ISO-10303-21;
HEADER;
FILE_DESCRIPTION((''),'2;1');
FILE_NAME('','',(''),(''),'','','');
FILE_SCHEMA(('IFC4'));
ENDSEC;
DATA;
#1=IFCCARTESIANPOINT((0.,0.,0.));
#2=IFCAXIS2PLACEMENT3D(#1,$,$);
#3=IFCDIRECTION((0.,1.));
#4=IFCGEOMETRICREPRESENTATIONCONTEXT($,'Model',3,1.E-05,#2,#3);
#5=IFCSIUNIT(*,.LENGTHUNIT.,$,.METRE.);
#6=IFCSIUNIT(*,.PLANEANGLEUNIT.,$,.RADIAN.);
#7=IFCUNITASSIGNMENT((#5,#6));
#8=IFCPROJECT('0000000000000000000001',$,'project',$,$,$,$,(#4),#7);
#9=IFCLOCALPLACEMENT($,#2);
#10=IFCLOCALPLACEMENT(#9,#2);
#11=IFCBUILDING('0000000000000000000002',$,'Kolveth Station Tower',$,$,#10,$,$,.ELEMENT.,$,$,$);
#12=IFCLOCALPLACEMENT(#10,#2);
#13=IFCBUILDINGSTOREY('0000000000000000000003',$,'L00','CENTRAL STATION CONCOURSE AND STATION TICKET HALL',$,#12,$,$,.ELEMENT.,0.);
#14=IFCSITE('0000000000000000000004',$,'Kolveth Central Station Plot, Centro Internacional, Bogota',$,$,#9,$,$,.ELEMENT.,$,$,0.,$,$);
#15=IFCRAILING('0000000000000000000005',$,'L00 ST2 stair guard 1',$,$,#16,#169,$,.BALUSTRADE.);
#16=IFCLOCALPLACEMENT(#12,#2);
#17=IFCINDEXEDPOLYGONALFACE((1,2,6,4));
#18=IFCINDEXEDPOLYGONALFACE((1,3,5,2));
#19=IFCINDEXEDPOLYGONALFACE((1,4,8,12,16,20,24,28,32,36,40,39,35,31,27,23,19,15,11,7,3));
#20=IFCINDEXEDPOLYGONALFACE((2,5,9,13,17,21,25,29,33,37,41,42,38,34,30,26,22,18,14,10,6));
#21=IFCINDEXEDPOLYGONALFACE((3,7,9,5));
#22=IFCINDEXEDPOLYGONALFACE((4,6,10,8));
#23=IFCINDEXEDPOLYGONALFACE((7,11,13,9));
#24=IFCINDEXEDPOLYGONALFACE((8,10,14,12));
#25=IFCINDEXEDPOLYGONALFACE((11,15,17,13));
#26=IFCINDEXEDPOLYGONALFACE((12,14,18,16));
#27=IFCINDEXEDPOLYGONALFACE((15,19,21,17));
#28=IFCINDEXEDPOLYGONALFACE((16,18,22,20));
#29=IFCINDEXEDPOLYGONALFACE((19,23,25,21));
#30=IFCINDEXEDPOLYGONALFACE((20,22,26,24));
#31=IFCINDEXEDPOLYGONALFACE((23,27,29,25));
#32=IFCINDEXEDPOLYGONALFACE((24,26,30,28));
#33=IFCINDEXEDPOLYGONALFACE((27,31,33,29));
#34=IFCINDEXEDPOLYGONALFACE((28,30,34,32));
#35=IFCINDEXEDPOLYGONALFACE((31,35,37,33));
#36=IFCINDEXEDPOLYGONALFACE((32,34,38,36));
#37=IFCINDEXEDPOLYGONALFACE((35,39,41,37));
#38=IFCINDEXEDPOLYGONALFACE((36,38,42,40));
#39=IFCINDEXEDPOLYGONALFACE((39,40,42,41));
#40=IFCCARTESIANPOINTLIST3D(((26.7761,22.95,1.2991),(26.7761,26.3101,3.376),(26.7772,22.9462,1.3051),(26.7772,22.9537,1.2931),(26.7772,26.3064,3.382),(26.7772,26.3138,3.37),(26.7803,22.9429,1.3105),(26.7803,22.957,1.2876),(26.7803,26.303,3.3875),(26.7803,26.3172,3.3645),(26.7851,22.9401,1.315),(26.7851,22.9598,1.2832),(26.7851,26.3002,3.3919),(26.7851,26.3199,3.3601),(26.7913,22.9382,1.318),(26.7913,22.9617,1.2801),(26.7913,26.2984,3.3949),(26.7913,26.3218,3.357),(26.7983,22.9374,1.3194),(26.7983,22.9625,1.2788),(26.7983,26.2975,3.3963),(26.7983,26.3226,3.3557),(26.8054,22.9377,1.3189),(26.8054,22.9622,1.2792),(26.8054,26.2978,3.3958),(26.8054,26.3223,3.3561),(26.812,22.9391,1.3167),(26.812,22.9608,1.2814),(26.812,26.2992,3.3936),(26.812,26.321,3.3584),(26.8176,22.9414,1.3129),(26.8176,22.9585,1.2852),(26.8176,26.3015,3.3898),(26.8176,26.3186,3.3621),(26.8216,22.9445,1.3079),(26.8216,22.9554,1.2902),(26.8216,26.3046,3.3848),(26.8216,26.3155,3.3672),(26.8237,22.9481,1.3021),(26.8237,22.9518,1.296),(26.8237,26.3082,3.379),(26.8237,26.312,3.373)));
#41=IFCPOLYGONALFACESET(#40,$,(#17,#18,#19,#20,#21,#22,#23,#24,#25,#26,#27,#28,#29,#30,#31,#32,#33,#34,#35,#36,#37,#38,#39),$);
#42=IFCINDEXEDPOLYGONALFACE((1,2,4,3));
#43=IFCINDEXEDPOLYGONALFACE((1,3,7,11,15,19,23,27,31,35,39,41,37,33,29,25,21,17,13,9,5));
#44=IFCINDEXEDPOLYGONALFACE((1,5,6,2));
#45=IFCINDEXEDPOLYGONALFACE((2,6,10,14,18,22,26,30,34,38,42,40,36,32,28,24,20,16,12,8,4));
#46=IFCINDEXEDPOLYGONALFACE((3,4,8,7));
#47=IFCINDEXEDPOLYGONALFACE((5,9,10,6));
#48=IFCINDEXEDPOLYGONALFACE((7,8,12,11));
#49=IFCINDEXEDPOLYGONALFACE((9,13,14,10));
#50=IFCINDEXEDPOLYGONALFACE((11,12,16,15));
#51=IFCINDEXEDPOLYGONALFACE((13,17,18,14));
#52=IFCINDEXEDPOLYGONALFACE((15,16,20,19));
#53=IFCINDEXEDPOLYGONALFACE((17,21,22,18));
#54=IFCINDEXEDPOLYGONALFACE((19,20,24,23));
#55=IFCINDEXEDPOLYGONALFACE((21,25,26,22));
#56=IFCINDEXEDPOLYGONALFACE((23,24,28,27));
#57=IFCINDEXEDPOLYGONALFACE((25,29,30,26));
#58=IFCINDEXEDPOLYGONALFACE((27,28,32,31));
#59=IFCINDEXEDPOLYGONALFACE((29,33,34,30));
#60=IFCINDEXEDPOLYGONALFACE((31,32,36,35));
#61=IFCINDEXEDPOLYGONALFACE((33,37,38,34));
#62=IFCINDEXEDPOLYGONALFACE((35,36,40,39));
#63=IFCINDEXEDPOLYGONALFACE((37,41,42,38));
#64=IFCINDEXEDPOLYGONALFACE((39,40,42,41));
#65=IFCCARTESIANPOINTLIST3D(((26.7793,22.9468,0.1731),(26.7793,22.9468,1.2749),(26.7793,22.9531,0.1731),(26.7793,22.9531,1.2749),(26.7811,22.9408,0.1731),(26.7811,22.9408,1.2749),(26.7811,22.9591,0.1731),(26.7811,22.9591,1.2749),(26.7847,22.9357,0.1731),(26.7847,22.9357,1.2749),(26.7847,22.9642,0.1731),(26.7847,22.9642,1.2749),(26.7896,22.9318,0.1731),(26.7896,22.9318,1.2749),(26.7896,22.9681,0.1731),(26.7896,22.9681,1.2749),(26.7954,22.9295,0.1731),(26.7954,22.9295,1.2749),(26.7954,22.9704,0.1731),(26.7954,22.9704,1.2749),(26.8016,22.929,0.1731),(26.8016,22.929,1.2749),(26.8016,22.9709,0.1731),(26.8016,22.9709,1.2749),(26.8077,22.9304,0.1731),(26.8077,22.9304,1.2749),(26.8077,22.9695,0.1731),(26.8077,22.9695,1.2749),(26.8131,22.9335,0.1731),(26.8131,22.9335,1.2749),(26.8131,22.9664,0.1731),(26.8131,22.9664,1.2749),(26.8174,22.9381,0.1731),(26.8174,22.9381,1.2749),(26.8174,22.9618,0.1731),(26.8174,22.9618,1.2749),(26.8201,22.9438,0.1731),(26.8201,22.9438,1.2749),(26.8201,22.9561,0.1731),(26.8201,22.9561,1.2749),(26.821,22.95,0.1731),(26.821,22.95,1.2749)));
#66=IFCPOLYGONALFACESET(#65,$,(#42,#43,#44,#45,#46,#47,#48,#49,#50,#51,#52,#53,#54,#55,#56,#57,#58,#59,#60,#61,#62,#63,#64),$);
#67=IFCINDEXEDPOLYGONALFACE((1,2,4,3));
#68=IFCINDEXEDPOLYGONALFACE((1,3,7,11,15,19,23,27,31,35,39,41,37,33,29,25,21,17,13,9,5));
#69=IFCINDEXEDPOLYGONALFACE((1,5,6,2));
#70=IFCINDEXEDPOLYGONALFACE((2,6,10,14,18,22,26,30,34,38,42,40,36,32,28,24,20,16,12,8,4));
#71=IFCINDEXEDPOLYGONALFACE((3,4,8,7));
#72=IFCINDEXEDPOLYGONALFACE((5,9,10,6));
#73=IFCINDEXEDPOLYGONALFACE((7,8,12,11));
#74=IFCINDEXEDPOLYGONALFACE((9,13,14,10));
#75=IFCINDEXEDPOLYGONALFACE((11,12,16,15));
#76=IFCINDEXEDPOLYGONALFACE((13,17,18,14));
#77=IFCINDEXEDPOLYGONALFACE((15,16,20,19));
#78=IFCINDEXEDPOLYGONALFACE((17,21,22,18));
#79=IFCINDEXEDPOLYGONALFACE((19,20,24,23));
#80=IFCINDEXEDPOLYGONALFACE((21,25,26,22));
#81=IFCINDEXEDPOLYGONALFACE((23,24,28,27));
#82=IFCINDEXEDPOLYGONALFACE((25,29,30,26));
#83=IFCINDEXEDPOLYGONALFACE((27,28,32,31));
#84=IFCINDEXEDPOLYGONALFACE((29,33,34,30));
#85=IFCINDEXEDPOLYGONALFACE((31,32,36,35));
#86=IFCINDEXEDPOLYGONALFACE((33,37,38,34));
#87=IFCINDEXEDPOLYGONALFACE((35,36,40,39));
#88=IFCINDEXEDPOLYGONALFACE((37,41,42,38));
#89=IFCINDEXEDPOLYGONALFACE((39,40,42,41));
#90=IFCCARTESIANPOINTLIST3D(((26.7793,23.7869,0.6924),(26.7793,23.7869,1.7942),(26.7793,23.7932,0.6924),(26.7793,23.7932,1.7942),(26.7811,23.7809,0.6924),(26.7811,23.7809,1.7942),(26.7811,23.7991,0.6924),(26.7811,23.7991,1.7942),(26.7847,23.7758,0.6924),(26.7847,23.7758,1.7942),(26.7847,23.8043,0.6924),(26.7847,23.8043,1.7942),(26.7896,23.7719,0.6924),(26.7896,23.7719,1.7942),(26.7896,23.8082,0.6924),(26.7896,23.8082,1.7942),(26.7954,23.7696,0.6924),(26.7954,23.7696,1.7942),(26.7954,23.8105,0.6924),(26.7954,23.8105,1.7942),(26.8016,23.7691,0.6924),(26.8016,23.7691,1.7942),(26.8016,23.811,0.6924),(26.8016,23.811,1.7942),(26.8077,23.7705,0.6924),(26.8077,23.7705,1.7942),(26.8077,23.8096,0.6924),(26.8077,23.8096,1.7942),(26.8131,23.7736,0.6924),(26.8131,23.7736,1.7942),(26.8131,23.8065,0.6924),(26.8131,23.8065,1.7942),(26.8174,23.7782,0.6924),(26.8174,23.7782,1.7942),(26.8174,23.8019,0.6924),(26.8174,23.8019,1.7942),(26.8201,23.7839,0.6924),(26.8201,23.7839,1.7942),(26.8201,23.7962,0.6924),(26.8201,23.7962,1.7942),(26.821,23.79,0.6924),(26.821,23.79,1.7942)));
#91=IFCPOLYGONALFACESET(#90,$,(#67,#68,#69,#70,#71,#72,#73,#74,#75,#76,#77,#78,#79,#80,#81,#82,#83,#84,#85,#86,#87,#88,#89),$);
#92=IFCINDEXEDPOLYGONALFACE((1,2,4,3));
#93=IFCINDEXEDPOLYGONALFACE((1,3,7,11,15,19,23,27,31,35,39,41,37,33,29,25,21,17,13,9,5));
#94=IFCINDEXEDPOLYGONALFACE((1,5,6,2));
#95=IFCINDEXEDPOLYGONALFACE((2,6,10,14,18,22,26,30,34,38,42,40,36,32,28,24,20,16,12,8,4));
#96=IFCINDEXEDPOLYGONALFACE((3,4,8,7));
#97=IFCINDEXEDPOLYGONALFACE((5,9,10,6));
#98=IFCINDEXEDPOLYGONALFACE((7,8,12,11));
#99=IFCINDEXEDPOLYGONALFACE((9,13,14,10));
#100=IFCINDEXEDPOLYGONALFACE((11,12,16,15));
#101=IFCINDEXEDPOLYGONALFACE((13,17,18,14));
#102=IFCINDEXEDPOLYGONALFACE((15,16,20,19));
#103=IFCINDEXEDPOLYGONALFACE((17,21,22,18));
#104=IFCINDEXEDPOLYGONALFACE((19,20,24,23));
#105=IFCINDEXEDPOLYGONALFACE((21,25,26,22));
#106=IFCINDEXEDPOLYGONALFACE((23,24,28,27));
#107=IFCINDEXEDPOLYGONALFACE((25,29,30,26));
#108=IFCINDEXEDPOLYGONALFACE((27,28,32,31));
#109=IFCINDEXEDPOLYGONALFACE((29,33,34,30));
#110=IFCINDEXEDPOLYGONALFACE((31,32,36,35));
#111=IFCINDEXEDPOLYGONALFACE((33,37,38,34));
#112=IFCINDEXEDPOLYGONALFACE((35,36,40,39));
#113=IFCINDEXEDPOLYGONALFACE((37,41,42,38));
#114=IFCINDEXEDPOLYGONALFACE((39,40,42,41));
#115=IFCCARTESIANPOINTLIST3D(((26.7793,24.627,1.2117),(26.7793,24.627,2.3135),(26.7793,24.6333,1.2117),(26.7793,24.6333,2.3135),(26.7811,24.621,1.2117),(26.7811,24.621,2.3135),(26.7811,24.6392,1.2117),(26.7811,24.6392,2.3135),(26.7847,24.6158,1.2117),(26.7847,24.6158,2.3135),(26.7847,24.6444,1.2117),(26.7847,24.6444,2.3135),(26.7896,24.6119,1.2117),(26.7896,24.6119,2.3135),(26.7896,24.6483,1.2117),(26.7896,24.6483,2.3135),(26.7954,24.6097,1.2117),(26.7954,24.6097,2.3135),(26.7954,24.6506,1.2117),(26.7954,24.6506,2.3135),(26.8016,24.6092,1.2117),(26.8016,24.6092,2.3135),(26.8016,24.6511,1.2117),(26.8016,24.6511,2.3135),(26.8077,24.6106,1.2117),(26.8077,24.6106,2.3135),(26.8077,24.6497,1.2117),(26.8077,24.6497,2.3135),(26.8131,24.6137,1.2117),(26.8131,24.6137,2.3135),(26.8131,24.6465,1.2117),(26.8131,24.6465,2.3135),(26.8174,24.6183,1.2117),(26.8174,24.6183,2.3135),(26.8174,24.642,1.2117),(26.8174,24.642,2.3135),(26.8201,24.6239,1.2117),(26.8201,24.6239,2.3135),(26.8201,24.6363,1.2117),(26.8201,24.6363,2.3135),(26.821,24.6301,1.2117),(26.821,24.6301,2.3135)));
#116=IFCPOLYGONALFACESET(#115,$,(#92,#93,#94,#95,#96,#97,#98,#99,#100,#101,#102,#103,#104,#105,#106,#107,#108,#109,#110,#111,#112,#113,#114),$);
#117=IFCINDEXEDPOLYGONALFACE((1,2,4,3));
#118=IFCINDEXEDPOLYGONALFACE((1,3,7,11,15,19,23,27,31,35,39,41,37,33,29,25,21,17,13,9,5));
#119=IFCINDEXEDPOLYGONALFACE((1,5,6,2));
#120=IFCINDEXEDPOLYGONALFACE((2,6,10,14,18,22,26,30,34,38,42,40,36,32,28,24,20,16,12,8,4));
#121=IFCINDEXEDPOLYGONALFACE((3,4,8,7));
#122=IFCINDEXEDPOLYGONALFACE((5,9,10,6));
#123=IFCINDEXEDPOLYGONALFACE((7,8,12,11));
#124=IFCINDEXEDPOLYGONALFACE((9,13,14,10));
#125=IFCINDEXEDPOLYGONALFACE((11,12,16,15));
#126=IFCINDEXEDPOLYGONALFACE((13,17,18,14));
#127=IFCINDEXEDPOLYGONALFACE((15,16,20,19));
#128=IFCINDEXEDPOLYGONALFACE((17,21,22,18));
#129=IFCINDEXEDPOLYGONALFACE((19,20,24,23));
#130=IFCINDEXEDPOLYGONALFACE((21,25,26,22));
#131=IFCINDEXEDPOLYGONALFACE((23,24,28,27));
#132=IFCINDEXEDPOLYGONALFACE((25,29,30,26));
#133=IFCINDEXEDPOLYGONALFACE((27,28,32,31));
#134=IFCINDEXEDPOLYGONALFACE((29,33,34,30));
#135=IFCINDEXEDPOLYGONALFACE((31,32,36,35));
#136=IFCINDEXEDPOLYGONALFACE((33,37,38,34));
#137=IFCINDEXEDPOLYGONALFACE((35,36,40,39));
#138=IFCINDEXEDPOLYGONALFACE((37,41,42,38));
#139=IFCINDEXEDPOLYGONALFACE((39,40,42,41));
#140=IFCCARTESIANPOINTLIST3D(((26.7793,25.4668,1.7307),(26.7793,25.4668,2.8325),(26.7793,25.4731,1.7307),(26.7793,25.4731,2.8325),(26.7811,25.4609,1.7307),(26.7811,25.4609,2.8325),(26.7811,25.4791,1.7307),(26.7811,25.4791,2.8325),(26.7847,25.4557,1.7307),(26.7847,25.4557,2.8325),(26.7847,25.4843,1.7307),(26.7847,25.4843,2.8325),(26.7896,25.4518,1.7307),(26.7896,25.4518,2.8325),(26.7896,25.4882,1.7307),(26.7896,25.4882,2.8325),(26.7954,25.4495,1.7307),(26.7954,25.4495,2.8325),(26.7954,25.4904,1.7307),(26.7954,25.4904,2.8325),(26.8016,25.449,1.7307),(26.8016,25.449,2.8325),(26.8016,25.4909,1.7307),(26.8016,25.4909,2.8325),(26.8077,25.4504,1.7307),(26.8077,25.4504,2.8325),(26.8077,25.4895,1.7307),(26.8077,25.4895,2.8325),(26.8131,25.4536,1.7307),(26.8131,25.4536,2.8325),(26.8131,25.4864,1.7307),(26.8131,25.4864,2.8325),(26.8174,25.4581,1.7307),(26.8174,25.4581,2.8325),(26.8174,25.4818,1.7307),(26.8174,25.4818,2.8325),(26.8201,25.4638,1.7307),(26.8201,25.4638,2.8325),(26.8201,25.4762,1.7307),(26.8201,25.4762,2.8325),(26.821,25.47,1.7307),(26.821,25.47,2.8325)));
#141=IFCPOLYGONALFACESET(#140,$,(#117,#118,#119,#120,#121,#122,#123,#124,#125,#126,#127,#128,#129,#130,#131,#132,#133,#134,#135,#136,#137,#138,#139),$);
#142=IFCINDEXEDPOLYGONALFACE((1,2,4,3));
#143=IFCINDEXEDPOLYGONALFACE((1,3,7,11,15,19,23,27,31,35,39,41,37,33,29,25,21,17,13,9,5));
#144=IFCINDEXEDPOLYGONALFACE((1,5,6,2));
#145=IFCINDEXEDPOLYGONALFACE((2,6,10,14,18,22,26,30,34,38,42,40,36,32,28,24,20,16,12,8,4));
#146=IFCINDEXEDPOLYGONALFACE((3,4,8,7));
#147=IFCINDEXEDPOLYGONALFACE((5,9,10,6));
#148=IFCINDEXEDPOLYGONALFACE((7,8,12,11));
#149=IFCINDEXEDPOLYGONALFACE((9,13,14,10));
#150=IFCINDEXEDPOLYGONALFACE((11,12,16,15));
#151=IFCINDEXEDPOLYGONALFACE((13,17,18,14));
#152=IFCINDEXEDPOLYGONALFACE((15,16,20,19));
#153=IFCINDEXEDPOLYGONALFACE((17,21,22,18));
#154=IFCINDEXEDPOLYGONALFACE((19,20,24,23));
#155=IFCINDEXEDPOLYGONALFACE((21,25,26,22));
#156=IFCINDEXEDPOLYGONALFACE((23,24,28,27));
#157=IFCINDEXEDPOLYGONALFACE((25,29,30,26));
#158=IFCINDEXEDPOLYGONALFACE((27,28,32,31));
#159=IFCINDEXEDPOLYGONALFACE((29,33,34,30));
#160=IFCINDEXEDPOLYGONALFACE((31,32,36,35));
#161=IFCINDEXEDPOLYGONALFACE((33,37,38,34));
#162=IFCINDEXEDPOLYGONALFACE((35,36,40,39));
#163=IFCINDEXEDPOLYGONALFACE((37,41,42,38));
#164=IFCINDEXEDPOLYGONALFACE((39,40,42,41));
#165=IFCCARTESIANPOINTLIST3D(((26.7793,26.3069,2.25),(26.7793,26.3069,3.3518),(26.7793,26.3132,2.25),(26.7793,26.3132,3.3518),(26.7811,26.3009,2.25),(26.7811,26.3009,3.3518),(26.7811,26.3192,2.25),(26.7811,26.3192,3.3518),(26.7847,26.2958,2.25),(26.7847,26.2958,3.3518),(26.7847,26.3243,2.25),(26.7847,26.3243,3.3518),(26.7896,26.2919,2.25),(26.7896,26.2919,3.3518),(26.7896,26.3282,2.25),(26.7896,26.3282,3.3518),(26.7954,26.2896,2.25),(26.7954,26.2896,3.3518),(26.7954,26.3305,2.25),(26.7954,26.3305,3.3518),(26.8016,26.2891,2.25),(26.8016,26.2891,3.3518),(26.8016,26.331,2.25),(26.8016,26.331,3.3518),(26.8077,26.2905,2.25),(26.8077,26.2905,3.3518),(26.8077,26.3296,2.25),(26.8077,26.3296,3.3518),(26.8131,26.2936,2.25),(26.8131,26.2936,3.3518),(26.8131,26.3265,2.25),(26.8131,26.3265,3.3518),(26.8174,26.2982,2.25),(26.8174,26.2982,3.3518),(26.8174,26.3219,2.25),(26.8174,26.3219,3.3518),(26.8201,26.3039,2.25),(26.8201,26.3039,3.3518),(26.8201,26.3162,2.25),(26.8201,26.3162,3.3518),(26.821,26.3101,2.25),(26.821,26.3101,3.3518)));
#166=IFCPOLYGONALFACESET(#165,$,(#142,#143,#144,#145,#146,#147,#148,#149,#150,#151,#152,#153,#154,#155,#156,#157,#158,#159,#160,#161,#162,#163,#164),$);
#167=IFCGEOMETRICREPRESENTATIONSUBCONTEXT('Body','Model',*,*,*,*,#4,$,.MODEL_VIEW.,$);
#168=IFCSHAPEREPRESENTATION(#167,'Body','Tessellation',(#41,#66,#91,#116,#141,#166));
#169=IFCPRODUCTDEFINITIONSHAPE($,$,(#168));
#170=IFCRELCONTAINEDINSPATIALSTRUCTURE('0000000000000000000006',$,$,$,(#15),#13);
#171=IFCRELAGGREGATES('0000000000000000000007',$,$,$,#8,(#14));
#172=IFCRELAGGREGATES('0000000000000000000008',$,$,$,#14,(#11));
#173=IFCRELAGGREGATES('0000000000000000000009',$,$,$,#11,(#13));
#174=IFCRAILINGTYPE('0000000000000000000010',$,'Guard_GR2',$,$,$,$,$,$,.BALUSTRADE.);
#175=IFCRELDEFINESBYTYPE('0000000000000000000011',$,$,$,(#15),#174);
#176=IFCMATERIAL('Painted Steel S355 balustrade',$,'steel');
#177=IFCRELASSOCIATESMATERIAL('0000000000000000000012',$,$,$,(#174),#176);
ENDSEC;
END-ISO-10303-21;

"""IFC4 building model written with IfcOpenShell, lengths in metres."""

from ifc_helpers import new_model, si_unit, direction, frame, origin, origin_2d, place, context, subcontext, project, spatial, circle, extrude, material, type_object, element, save


model = new_model("IFC4")

# Units and contexts
model_context = context("Model", 3, precision=1e-05, world=origin(), true_north=direction((0.0, 1.0)))
body_context = subcontext(model_context, "Body", "Model", "MODEL_VIEW")
ifc_project = project(units=[si_unit("LENGTHUNIT", "METRE"), si_unit("PLANEANGLEUNIT", "RADIAN")], contexts=[model_context])

# Site, building, storey
site_placement = place(None, origin())
site = spatial("IfcSite", under=ifc_project, at=site_placement, Name="Kolveth Central Station Plot, Centro Internacional, Bogota", CompositionType="ELEMENT", RefElevation=0.0)
building_placement = place(site_placement, origin())
building = spatial("IfcBuilding", under=site, at=building_placement, Name="Kolveth Station Tower", CompositionType="ELEMENT")
storey_placement = place(building_placement, origin())
storey = spatial("IfcBuildingStorey", under=building, at=storey_placement, Name="L00", Description="CENTRAL STATION CONCOURSE AND STATION TICKET HALL", CompositionType="ELEMENT", Elevation=0.0)

# Railing
ifc_material_1 = material(Name="Painted Steel S355 balustrade", Category="steel")
railing_type_1 = type_object("IfcRailingType", Name="Guard_GR2", PredefinedType="BALUSTRADE", material=ifc_material_1)
railing_1_placement = place(storey_placement, frame((26.8, 22.95, 0.1731)))
element("IfcRailing", 1, at=railing_1_placement, inside=storey, type_object=railing_type_1, Name="L00 ST2 stair guard 1", PredefinedType="BALUSTRADE", context=body_context, shape_type="SweptSolid", body=[
    extrude(circle(Radius=0.0239, at=origin_2d()), frame((0.0, 0.0, 1.126), z_axis=(0.0, 0.850623, 0.525776), x_axis=(-1.0, 0.0, 0.0)), (0.0, 0.0, 1.0), 3.9502),
    extrude(circle(Radius=0.021, at=origin_2d()), origin(), (0.0, 0.0, 1.0), 1.1018),
    extrude(circle(Radius=0.021, at=origin_2d()), frame((0.0, 0.8401, 0.5193)), (0.0, 0.0, 1.0), 1.1018),
    extrude(circle(Radius=0.021, at=origin_2d()), frame((0.0, 1.6802, 1.0386)), (0.0, 0.0, 1.0), 1.1018),
    extrude(circle(Radius=0.021, at=origin_2d()), frame((0.0, 2.52, 1.5576)), (0.0, 0.0, 1.0), 1.1018),
    extrude(circle(Radius=0.021, at=origin_2d()), frame((0.0, 3.3601, 2.0769)), (0.0, 0.0, 1.0), 1.1018),
])

save(model, "model.ifc")
